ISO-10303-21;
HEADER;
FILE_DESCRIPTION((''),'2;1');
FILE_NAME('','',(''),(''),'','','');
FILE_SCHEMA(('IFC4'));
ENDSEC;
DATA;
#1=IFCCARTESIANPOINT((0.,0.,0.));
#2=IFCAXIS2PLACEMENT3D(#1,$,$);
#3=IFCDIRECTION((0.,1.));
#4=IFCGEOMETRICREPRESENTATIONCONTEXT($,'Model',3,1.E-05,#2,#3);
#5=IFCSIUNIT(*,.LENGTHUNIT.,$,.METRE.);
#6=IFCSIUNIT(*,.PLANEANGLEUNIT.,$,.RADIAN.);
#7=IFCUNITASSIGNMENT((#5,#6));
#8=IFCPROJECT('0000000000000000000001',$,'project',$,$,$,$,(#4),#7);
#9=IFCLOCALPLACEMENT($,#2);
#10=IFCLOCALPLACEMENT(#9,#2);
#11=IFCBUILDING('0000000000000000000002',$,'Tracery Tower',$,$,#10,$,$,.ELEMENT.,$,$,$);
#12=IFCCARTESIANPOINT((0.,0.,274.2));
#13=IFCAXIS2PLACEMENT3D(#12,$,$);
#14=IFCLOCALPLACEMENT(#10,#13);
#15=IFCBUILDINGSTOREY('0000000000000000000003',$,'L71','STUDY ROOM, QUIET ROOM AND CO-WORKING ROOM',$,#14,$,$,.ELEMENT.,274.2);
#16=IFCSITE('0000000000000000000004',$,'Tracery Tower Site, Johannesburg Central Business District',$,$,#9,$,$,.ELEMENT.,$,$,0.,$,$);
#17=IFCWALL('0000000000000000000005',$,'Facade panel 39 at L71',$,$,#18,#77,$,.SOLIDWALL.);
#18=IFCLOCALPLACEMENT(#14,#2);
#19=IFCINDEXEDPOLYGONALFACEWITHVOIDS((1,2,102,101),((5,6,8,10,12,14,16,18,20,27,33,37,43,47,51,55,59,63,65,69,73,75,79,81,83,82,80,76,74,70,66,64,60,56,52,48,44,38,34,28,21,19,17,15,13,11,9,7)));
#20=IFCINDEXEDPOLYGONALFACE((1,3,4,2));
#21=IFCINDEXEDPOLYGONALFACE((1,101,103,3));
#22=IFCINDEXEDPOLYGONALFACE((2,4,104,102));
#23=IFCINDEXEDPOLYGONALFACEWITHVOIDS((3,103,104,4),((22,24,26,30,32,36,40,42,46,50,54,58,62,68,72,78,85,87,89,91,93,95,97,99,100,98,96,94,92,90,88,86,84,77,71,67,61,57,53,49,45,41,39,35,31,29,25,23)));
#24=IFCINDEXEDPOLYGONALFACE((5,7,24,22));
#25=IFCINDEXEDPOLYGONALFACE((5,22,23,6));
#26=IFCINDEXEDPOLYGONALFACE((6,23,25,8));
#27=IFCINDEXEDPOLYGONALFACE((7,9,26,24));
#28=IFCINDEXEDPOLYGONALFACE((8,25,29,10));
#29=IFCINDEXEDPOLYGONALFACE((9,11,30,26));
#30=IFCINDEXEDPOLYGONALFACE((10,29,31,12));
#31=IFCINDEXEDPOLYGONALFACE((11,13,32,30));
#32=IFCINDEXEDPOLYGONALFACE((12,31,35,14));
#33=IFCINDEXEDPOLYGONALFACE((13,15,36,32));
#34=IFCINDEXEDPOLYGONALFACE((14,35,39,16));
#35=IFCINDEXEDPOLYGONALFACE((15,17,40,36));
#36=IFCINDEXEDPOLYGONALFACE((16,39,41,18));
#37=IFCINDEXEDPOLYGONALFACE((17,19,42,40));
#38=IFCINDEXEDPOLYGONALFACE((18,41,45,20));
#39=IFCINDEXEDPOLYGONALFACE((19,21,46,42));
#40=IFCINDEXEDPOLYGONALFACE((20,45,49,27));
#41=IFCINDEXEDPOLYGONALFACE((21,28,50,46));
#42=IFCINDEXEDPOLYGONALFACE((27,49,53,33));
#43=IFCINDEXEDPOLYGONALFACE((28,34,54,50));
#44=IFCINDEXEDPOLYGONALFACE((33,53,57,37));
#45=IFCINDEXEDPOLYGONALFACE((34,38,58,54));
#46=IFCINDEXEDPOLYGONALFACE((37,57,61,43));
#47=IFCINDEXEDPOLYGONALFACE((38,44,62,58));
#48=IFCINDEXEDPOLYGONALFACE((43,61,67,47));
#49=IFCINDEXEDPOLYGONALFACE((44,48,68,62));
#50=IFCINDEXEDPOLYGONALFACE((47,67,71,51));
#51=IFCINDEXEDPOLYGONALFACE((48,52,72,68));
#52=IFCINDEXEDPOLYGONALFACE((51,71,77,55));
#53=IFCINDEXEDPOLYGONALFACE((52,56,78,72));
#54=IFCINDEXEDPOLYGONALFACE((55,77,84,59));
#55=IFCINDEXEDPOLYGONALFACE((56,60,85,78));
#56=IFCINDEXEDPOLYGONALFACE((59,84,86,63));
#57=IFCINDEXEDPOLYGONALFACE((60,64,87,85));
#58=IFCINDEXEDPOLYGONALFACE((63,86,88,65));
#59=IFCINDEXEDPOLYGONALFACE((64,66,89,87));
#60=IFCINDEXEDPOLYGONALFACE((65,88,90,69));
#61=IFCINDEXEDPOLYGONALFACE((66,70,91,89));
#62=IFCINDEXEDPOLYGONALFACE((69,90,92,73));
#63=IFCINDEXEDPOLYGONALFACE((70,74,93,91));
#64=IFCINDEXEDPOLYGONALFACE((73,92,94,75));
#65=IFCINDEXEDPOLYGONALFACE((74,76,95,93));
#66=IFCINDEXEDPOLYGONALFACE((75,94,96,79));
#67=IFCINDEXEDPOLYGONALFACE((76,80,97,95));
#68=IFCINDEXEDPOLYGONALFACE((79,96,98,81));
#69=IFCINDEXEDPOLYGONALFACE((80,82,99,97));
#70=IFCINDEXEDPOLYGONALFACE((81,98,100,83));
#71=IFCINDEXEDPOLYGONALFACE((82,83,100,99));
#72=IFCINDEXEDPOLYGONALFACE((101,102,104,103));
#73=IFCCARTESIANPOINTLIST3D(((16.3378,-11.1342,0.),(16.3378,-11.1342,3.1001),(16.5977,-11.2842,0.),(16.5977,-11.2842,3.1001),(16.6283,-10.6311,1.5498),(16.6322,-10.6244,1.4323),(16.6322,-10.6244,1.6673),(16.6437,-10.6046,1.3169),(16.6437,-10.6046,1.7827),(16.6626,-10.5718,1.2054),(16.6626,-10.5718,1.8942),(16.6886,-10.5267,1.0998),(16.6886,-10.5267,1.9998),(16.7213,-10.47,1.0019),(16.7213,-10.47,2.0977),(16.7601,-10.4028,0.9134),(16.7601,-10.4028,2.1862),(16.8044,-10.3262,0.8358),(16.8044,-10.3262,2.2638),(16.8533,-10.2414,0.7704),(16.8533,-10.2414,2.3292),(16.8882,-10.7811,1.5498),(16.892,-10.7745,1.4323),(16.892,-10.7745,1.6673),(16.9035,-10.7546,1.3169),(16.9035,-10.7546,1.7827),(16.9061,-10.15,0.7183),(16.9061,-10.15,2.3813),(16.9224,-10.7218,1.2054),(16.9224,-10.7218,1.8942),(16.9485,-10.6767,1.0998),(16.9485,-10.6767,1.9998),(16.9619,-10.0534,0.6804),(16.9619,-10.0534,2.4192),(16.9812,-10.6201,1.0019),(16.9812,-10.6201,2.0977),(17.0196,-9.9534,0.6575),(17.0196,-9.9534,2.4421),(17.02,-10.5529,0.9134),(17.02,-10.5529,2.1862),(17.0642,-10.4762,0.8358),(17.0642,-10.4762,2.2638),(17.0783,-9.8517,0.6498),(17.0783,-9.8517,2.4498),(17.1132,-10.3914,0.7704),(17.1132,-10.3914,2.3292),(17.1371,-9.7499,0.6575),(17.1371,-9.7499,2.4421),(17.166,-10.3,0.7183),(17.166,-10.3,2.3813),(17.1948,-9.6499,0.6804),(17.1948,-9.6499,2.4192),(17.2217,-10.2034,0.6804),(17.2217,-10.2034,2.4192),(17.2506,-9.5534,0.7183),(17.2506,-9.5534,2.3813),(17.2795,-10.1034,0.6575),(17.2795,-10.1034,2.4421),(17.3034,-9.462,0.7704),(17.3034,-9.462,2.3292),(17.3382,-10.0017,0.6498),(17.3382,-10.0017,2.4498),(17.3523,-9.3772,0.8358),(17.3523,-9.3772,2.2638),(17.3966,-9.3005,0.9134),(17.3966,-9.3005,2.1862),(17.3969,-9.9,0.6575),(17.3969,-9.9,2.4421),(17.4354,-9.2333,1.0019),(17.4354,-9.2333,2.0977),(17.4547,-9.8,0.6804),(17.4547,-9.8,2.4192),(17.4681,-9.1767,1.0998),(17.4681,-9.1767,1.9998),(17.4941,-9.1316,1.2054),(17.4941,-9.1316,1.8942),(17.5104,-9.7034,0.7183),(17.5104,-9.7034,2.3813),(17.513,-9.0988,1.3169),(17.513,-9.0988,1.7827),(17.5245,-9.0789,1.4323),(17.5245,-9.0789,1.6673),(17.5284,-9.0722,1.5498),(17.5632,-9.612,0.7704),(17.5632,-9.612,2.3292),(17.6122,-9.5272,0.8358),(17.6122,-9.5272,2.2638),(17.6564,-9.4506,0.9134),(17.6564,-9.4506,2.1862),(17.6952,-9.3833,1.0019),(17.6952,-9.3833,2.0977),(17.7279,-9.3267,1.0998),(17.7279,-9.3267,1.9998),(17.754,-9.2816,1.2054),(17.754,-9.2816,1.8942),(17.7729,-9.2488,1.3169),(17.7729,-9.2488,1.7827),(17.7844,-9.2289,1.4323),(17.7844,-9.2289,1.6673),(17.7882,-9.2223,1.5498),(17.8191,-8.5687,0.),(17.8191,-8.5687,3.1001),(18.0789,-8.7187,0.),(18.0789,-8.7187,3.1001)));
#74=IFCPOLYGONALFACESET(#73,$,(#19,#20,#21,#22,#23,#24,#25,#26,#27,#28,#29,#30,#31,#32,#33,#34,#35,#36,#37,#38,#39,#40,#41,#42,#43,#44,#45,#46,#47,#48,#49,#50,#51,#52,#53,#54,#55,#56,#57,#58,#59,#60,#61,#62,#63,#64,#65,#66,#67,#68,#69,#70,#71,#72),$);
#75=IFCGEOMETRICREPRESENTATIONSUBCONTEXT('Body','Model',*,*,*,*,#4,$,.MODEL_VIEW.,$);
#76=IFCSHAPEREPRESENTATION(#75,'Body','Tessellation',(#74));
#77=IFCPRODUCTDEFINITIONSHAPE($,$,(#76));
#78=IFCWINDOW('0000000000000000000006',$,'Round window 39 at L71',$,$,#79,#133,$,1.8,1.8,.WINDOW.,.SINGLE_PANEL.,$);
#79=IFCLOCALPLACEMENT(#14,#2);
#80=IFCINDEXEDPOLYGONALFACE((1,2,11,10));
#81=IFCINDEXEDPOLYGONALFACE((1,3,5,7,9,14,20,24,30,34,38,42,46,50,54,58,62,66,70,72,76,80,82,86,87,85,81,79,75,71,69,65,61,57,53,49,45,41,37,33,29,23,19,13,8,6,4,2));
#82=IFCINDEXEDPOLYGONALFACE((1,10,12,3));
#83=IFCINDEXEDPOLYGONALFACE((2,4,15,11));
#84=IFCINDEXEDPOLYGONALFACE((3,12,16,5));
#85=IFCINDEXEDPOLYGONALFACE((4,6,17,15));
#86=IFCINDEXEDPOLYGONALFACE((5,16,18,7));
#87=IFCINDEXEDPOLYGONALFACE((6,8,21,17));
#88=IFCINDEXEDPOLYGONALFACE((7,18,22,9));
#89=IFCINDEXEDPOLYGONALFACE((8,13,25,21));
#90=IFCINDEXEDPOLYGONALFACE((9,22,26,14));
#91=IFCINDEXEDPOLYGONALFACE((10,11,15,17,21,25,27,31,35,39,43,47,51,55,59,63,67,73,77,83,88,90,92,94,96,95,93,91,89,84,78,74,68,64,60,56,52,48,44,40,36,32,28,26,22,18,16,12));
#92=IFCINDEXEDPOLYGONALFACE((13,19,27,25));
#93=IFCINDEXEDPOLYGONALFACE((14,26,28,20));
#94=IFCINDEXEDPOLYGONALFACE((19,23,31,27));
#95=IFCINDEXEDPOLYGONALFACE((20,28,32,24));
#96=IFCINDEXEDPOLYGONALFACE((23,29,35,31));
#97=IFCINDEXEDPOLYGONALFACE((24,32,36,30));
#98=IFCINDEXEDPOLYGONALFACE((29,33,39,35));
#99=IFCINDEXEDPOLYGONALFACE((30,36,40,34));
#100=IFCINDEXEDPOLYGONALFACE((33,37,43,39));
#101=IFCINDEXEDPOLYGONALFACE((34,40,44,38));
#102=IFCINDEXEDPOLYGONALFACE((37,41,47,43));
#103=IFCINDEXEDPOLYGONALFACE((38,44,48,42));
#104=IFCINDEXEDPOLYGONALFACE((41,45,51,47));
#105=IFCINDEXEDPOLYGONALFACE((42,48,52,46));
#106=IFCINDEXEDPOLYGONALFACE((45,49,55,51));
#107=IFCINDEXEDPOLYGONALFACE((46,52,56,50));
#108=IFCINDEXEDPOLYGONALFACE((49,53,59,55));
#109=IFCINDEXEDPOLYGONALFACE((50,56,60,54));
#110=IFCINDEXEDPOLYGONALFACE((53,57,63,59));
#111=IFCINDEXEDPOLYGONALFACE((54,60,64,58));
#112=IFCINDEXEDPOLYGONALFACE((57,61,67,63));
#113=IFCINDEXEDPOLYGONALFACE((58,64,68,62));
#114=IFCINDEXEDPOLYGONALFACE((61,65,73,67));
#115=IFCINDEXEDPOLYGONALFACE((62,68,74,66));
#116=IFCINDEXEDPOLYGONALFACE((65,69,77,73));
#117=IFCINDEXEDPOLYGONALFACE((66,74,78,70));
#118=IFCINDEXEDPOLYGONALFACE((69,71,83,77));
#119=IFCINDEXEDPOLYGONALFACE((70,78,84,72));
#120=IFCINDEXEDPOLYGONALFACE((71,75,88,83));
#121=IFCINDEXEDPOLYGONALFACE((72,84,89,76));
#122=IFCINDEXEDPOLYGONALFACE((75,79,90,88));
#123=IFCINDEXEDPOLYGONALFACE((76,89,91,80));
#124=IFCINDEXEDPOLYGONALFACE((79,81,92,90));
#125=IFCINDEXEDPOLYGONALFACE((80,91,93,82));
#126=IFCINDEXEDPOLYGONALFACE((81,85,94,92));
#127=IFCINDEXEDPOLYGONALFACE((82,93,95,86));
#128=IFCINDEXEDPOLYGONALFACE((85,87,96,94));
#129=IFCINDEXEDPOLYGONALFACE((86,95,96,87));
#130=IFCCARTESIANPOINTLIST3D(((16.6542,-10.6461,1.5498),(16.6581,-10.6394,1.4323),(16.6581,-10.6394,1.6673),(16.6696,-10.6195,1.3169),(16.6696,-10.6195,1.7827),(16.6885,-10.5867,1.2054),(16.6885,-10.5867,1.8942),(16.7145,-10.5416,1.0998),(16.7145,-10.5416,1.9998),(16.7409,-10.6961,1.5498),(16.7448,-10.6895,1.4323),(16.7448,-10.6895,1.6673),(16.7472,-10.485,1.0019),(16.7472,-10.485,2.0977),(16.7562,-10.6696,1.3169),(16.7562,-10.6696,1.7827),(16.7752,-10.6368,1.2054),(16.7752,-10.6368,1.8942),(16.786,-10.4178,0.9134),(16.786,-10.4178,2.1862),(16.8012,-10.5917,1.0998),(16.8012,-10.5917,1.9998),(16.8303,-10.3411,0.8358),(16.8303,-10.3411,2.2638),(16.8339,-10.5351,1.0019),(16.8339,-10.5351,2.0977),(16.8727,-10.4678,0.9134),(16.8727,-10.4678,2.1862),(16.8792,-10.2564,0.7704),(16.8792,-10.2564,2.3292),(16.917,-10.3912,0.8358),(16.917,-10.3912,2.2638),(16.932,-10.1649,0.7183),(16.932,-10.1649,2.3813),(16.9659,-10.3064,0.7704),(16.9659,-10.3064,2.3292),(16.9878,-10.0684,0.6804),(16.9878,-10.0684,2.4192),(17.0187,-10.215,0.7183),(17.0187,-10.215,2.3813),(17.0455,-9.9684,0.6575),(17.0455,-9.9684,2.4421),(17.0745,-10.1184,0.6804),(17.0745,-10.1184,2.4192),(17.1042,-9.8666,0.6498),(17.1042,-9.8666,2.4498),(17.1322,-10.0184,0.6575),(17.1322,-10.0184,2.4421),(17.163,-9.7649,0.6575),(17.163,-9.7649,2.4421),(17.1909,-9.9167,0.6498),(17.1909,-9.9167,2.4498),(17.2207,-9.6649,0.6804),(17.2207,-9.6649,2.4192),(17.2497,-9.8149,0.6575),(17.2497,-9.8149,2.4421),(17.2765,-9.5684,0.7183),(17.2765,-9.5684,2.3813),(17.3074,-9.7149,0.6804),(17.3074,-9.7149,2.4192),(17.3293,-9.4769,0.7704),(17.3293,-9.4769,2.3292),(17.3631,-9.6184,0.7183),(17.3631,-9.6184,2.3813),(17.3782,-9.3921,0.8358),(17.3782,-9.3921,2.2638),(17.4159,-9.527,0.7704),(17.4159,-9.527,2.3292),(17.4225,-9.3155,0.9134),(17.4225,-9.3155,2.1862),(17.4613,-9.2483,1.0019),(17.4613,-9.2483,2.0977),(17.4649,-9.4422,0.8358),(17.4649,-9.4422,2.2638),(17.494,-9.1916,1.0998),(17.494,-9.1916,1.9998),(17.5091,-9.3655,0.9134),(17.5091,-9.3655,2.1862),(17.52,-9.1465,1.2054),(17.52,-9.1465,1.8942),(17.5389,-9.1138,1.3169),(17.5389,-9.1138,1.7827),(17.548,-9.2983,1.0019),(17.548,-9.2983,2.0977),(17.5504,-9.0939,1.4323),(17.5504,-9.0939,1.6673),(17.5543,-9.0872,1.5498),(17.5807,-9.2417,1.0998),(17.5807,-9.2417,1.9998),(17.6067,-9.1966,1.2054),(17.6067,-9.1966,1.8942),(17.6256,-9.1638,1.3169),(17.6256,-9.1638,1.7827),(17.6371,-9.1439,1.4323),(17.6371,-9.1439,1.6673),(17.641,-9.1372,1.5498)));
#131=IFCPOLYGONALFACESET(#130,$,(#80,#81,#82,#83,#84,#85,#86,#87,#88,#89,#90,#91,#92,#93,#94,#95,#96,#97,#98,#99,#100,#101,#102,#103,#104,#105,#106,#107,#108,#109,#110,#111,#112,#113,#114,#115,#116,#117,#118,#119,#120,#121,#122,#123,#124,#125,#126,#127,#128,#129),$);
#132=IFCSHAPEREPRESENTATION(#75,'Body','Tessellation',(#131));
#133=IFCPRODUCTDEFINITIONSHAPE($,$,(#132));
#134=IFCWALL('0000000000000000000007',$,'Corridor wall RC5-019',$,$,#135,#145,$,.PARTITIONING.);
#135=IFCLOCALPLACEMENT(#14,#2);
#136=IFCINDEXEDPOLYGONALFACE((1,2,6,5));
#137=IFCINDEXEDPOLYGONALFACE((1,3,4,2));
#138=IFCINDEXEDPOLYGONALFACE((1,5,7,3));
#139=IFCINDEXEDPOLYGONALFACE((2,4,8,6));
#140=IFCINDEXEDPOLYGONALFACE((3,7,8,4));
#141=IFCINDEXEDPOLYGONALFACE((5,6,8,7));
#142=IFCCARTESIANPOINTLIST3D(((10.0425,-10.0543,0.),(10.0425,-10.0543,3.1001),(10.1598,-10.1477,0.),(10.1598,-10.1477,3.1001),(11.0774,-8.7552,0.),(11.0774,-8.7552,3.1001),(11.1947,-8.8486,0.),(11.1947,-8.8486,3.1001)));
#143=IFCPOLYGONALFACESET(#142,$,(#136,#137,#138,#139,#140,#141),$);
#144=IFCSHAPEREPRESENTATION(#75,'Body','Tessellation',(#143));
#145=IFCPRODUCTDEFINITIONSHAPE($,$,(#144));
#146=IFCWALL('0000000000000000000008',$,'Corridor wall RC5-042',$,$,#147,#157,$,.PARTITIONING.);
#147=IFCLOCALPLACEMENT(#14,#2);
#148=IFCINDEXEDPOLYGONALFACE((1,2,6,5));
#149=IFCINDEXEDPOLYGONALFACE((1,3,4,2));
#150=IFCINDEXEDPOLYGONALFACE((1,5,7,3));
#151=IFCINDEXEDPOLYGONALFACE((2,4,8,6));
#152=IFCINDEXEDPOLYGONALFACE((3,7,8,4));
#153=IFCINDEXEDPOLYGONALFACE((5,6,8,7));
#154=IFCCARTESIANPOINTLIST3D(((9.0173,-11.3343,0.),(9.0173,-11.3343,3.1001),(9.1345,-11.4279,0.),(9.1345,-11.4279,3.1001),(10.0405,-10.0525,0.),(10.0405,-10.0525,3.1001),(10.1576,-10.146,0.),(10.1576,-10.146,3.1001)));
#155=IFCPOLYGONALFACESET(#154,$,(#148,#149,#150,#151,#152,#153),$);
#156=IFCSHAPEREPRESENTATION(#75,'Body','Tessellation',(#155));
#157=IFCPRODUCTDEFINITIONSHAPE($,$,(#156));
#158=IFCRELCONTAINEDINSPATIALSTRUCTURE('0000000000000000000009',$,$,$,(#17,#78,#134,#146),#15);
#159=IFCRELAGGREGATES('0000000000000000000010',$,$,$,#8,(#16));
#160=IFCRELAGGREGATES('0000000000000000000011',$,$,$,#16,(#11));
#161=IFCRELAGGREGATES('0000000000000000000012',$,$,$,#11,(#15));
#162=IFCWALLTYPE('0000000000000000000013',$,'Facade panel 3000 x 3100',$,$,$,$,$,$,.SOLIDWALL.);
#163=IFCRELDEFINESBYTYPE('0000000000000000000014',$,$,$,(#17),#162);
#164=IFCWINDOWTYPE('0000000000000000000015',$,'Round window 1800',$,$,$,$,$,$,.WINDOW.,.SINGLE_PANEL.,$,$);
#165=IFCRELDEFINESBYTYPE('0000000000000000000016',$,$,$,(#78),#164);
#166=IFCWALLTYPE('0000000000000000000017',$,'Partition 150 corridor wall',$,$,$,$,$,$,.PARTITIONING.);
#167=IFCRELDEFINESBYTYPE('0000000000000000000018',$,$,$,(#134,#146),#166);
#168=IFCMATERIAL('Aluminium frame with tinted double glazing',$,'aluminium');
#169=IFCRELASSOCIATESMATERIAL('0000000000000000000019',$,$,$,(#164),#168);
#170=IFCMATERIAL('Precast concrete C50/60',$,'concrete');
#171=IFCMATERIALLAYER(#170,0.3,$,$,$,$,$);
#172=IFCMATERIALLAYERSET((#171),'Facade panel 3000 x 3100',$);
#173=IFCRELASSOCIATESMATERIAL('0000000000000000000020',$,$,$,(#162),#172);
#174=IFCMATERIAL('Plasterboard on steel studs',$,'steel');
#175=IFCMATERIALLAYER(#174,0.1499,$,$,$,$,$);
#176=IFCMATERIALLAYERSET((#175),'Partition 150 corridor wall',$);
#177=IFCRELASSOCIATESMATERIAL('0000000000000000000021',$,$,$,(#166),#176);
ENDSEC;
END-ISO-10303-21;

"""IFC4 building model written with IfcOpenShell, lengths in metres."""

from ifc_helpers import new_model, si_unit, direction, frame, frame_2d, origin, origin_2d, place, context, subcontext, project, spatial, rectangle, circle, extrude, material, layer, layer_set, type_object, element, fill, save


model = new_model("IFC4")

# Units and contexts
model_context = context("Model", 3, precision=1e-05, world=origin(), true_north=direction((0.0, 1.0)))
body_context = subcontext(model_context, "Body", "Model", "MODEL_VIEW")
ifc_project = project(units=[si_unit("LENGTHUNIT", "METRE"), si_unit("PLANEANGLEUNIT", "RADIAN")], contexts=[model_context])

# Site, building, storey
site_placement = place(None, origin())
site = spatial("IfcSite", under=ifc_project, at=site_placement, Name="Tracery Tower Site, Johannesburg Central Business District", CompositionType="ELEMENT", RefElevation=0.0)
building_placement = place(site_placement, origin())
building = spatial("IfcBuilding", under=site, at=building_placement, Name="Tracery Tower", CompositionType="ELEMENT")
storey_placement = place(building_placement, frame((0.0, 0.0, 274.2)))
storey = spatial("IfcBuildingStorey", under=building, at=storey_placement, Name="L71", Description="STUDY ROOM, QUIET ROOM AND CO-WORKING ROOM", CompositionType="ELEMENT", Elevation=274.2)

# Wall, opening, window
ifc_material_1 = material(Name="Aluminium frame with tinted double glazing", Category="aluminium")
window_type = type_object("IfcWindowType", Name="Round window 1800", PartitioningType="SINGLE_PANEL", PredefinedType="WINDOW", material=ifc_material_1)
ifc_material_2 = material(Name="Precast concrete C50/60", Category="concrete")
ifc_layer_1 = layer(ifc_material_2, 0.3)
ifc_layer_set_1 = layer_set([ifc_layer_1], Name="Facade panel 3000 x 3100")
wall_type_1 = type_object("IfcWallType", Name="Facade panel 3000 x 3100", PredefinedType="SOLIDWALL", material=ifc_layer_set_1)
wall_1_placement = place(storey_placement, frame((16.4678, -11.2092, 0.0), z_axis=(0.0, 0.0, 1.0), x_axis=(0.500013, 0.866018, 0.0)))
wall_1 = element("IfcWall", 1, at=wall_1_placement, inside=storey, type_object=wall_type_1, Name="Facade panel 39 at L71", PredefinedType="SOLIDWALL", context=body_context, shape_type="SweptSolid", body=[
    extrude(rectangle(XDim=2.9624, YDim=0.3, at=frame_2d((1.4812, 0.0))), origin(), (0.0, 0.0, 1.0), 3.1001),
])
opening_1_placement = place(wall_1_placement, frame((1.481, 0.0, 1.5498)))
opening_1 = element("IfcOpeningElement", 2, at=opening_1_placement, cuts=wall_1, PredefinedType="OPENING", context=body_context, shape_type="SweptSolid", body=[
    extrude(circle(Radius=0.9, at=origin_2d()), frame((0.0, 0.1599, 0.0), z_axis=(0.0, -1.0, 0.0), x_axis=(1.0, 0.0, 0.0)), (0.0, 0.0, 1.0), 0.3201),
])
window_1_placement = place(opening_1_placement, origin())
window_1 = element("IfcWindow", 3, at=window_1_placement, inside=storey, type_object=window_type, Name="Round window 39 at L71", OverallHeight=1.8, OverallWidth=1.8, PartitioningType="SINGLE_PANEL", PredefinedType="WINDOW", context=body_context, shape_type="SweptSolid", body=[
    extrude(circle(Radius=0.9, at=origin_2d()), frame((0.0, 0.1201, 0.0), z_axis=(0.0, -1.0, 0.0), x_axis=(1.0, 0.0, 0.0)), (0.0, 0.0, 1.0), 0.1001),
])
fill(opening_1, window_1)

# Walls
ifc_material_3 = material(Name="Plasterboard on steel studs", Category="steel")
ifc_layer_2 = layer(ifc_material_3, 0.1499)
ifc_layer_set_2 = layer_set([ifc_layer_2], Name="Partition 150 corridor wall")
wall_type_2 = type_object("IfcWallType", Name="Partition 150 corridor wall", PredefinedType="PARTITIONING", material=ifc_layer_set_2)
wall_2_placement = place(storey_placement, frame((10.1011, -10.1011, 0.0), z_axis=(0.0, 0.0, 1.0), x_axis=(0.623098, 0.782143, 0.0)))
element("IfcWall", 4, at=wall_2_placement, inside=storey, type_object=wall_type_2, Name="Corridor wall RC5-019", PredefinedType="PARTITIONING", context=body_context, shape_type="SweptSolid", body=[
    extrude(rectangle(XDim=1.6609, YDim=0.1499, at=frame_2d((0.8306, 0.0))), origin(), (0.0, 0.0, 1.0), 3.1001),
])
wall_3_placement = place(storey_placement, frame((9.0759, -11.3811, 0.0), z_axis=(0.0, 0.0, 1.0), x_axis=(0.623805, 0.78158, 0.0)))
element("IfcWall", 5, at=wall_3_placement, inside=storey, type_object=wall_type_2, Name="Corridor wall RC5-042", PredefinedType="PARTITIONING", context=body_context, shape_type="SweptSolid", body=[
    extrude(rectangle(XDim=1.6401, YDim=0.1499, at=frame_2d((0.8201, 0.0))), origin(), (0.0, 0.0, 1.0), 3.1001),
])

save(model, "model.ifc")
